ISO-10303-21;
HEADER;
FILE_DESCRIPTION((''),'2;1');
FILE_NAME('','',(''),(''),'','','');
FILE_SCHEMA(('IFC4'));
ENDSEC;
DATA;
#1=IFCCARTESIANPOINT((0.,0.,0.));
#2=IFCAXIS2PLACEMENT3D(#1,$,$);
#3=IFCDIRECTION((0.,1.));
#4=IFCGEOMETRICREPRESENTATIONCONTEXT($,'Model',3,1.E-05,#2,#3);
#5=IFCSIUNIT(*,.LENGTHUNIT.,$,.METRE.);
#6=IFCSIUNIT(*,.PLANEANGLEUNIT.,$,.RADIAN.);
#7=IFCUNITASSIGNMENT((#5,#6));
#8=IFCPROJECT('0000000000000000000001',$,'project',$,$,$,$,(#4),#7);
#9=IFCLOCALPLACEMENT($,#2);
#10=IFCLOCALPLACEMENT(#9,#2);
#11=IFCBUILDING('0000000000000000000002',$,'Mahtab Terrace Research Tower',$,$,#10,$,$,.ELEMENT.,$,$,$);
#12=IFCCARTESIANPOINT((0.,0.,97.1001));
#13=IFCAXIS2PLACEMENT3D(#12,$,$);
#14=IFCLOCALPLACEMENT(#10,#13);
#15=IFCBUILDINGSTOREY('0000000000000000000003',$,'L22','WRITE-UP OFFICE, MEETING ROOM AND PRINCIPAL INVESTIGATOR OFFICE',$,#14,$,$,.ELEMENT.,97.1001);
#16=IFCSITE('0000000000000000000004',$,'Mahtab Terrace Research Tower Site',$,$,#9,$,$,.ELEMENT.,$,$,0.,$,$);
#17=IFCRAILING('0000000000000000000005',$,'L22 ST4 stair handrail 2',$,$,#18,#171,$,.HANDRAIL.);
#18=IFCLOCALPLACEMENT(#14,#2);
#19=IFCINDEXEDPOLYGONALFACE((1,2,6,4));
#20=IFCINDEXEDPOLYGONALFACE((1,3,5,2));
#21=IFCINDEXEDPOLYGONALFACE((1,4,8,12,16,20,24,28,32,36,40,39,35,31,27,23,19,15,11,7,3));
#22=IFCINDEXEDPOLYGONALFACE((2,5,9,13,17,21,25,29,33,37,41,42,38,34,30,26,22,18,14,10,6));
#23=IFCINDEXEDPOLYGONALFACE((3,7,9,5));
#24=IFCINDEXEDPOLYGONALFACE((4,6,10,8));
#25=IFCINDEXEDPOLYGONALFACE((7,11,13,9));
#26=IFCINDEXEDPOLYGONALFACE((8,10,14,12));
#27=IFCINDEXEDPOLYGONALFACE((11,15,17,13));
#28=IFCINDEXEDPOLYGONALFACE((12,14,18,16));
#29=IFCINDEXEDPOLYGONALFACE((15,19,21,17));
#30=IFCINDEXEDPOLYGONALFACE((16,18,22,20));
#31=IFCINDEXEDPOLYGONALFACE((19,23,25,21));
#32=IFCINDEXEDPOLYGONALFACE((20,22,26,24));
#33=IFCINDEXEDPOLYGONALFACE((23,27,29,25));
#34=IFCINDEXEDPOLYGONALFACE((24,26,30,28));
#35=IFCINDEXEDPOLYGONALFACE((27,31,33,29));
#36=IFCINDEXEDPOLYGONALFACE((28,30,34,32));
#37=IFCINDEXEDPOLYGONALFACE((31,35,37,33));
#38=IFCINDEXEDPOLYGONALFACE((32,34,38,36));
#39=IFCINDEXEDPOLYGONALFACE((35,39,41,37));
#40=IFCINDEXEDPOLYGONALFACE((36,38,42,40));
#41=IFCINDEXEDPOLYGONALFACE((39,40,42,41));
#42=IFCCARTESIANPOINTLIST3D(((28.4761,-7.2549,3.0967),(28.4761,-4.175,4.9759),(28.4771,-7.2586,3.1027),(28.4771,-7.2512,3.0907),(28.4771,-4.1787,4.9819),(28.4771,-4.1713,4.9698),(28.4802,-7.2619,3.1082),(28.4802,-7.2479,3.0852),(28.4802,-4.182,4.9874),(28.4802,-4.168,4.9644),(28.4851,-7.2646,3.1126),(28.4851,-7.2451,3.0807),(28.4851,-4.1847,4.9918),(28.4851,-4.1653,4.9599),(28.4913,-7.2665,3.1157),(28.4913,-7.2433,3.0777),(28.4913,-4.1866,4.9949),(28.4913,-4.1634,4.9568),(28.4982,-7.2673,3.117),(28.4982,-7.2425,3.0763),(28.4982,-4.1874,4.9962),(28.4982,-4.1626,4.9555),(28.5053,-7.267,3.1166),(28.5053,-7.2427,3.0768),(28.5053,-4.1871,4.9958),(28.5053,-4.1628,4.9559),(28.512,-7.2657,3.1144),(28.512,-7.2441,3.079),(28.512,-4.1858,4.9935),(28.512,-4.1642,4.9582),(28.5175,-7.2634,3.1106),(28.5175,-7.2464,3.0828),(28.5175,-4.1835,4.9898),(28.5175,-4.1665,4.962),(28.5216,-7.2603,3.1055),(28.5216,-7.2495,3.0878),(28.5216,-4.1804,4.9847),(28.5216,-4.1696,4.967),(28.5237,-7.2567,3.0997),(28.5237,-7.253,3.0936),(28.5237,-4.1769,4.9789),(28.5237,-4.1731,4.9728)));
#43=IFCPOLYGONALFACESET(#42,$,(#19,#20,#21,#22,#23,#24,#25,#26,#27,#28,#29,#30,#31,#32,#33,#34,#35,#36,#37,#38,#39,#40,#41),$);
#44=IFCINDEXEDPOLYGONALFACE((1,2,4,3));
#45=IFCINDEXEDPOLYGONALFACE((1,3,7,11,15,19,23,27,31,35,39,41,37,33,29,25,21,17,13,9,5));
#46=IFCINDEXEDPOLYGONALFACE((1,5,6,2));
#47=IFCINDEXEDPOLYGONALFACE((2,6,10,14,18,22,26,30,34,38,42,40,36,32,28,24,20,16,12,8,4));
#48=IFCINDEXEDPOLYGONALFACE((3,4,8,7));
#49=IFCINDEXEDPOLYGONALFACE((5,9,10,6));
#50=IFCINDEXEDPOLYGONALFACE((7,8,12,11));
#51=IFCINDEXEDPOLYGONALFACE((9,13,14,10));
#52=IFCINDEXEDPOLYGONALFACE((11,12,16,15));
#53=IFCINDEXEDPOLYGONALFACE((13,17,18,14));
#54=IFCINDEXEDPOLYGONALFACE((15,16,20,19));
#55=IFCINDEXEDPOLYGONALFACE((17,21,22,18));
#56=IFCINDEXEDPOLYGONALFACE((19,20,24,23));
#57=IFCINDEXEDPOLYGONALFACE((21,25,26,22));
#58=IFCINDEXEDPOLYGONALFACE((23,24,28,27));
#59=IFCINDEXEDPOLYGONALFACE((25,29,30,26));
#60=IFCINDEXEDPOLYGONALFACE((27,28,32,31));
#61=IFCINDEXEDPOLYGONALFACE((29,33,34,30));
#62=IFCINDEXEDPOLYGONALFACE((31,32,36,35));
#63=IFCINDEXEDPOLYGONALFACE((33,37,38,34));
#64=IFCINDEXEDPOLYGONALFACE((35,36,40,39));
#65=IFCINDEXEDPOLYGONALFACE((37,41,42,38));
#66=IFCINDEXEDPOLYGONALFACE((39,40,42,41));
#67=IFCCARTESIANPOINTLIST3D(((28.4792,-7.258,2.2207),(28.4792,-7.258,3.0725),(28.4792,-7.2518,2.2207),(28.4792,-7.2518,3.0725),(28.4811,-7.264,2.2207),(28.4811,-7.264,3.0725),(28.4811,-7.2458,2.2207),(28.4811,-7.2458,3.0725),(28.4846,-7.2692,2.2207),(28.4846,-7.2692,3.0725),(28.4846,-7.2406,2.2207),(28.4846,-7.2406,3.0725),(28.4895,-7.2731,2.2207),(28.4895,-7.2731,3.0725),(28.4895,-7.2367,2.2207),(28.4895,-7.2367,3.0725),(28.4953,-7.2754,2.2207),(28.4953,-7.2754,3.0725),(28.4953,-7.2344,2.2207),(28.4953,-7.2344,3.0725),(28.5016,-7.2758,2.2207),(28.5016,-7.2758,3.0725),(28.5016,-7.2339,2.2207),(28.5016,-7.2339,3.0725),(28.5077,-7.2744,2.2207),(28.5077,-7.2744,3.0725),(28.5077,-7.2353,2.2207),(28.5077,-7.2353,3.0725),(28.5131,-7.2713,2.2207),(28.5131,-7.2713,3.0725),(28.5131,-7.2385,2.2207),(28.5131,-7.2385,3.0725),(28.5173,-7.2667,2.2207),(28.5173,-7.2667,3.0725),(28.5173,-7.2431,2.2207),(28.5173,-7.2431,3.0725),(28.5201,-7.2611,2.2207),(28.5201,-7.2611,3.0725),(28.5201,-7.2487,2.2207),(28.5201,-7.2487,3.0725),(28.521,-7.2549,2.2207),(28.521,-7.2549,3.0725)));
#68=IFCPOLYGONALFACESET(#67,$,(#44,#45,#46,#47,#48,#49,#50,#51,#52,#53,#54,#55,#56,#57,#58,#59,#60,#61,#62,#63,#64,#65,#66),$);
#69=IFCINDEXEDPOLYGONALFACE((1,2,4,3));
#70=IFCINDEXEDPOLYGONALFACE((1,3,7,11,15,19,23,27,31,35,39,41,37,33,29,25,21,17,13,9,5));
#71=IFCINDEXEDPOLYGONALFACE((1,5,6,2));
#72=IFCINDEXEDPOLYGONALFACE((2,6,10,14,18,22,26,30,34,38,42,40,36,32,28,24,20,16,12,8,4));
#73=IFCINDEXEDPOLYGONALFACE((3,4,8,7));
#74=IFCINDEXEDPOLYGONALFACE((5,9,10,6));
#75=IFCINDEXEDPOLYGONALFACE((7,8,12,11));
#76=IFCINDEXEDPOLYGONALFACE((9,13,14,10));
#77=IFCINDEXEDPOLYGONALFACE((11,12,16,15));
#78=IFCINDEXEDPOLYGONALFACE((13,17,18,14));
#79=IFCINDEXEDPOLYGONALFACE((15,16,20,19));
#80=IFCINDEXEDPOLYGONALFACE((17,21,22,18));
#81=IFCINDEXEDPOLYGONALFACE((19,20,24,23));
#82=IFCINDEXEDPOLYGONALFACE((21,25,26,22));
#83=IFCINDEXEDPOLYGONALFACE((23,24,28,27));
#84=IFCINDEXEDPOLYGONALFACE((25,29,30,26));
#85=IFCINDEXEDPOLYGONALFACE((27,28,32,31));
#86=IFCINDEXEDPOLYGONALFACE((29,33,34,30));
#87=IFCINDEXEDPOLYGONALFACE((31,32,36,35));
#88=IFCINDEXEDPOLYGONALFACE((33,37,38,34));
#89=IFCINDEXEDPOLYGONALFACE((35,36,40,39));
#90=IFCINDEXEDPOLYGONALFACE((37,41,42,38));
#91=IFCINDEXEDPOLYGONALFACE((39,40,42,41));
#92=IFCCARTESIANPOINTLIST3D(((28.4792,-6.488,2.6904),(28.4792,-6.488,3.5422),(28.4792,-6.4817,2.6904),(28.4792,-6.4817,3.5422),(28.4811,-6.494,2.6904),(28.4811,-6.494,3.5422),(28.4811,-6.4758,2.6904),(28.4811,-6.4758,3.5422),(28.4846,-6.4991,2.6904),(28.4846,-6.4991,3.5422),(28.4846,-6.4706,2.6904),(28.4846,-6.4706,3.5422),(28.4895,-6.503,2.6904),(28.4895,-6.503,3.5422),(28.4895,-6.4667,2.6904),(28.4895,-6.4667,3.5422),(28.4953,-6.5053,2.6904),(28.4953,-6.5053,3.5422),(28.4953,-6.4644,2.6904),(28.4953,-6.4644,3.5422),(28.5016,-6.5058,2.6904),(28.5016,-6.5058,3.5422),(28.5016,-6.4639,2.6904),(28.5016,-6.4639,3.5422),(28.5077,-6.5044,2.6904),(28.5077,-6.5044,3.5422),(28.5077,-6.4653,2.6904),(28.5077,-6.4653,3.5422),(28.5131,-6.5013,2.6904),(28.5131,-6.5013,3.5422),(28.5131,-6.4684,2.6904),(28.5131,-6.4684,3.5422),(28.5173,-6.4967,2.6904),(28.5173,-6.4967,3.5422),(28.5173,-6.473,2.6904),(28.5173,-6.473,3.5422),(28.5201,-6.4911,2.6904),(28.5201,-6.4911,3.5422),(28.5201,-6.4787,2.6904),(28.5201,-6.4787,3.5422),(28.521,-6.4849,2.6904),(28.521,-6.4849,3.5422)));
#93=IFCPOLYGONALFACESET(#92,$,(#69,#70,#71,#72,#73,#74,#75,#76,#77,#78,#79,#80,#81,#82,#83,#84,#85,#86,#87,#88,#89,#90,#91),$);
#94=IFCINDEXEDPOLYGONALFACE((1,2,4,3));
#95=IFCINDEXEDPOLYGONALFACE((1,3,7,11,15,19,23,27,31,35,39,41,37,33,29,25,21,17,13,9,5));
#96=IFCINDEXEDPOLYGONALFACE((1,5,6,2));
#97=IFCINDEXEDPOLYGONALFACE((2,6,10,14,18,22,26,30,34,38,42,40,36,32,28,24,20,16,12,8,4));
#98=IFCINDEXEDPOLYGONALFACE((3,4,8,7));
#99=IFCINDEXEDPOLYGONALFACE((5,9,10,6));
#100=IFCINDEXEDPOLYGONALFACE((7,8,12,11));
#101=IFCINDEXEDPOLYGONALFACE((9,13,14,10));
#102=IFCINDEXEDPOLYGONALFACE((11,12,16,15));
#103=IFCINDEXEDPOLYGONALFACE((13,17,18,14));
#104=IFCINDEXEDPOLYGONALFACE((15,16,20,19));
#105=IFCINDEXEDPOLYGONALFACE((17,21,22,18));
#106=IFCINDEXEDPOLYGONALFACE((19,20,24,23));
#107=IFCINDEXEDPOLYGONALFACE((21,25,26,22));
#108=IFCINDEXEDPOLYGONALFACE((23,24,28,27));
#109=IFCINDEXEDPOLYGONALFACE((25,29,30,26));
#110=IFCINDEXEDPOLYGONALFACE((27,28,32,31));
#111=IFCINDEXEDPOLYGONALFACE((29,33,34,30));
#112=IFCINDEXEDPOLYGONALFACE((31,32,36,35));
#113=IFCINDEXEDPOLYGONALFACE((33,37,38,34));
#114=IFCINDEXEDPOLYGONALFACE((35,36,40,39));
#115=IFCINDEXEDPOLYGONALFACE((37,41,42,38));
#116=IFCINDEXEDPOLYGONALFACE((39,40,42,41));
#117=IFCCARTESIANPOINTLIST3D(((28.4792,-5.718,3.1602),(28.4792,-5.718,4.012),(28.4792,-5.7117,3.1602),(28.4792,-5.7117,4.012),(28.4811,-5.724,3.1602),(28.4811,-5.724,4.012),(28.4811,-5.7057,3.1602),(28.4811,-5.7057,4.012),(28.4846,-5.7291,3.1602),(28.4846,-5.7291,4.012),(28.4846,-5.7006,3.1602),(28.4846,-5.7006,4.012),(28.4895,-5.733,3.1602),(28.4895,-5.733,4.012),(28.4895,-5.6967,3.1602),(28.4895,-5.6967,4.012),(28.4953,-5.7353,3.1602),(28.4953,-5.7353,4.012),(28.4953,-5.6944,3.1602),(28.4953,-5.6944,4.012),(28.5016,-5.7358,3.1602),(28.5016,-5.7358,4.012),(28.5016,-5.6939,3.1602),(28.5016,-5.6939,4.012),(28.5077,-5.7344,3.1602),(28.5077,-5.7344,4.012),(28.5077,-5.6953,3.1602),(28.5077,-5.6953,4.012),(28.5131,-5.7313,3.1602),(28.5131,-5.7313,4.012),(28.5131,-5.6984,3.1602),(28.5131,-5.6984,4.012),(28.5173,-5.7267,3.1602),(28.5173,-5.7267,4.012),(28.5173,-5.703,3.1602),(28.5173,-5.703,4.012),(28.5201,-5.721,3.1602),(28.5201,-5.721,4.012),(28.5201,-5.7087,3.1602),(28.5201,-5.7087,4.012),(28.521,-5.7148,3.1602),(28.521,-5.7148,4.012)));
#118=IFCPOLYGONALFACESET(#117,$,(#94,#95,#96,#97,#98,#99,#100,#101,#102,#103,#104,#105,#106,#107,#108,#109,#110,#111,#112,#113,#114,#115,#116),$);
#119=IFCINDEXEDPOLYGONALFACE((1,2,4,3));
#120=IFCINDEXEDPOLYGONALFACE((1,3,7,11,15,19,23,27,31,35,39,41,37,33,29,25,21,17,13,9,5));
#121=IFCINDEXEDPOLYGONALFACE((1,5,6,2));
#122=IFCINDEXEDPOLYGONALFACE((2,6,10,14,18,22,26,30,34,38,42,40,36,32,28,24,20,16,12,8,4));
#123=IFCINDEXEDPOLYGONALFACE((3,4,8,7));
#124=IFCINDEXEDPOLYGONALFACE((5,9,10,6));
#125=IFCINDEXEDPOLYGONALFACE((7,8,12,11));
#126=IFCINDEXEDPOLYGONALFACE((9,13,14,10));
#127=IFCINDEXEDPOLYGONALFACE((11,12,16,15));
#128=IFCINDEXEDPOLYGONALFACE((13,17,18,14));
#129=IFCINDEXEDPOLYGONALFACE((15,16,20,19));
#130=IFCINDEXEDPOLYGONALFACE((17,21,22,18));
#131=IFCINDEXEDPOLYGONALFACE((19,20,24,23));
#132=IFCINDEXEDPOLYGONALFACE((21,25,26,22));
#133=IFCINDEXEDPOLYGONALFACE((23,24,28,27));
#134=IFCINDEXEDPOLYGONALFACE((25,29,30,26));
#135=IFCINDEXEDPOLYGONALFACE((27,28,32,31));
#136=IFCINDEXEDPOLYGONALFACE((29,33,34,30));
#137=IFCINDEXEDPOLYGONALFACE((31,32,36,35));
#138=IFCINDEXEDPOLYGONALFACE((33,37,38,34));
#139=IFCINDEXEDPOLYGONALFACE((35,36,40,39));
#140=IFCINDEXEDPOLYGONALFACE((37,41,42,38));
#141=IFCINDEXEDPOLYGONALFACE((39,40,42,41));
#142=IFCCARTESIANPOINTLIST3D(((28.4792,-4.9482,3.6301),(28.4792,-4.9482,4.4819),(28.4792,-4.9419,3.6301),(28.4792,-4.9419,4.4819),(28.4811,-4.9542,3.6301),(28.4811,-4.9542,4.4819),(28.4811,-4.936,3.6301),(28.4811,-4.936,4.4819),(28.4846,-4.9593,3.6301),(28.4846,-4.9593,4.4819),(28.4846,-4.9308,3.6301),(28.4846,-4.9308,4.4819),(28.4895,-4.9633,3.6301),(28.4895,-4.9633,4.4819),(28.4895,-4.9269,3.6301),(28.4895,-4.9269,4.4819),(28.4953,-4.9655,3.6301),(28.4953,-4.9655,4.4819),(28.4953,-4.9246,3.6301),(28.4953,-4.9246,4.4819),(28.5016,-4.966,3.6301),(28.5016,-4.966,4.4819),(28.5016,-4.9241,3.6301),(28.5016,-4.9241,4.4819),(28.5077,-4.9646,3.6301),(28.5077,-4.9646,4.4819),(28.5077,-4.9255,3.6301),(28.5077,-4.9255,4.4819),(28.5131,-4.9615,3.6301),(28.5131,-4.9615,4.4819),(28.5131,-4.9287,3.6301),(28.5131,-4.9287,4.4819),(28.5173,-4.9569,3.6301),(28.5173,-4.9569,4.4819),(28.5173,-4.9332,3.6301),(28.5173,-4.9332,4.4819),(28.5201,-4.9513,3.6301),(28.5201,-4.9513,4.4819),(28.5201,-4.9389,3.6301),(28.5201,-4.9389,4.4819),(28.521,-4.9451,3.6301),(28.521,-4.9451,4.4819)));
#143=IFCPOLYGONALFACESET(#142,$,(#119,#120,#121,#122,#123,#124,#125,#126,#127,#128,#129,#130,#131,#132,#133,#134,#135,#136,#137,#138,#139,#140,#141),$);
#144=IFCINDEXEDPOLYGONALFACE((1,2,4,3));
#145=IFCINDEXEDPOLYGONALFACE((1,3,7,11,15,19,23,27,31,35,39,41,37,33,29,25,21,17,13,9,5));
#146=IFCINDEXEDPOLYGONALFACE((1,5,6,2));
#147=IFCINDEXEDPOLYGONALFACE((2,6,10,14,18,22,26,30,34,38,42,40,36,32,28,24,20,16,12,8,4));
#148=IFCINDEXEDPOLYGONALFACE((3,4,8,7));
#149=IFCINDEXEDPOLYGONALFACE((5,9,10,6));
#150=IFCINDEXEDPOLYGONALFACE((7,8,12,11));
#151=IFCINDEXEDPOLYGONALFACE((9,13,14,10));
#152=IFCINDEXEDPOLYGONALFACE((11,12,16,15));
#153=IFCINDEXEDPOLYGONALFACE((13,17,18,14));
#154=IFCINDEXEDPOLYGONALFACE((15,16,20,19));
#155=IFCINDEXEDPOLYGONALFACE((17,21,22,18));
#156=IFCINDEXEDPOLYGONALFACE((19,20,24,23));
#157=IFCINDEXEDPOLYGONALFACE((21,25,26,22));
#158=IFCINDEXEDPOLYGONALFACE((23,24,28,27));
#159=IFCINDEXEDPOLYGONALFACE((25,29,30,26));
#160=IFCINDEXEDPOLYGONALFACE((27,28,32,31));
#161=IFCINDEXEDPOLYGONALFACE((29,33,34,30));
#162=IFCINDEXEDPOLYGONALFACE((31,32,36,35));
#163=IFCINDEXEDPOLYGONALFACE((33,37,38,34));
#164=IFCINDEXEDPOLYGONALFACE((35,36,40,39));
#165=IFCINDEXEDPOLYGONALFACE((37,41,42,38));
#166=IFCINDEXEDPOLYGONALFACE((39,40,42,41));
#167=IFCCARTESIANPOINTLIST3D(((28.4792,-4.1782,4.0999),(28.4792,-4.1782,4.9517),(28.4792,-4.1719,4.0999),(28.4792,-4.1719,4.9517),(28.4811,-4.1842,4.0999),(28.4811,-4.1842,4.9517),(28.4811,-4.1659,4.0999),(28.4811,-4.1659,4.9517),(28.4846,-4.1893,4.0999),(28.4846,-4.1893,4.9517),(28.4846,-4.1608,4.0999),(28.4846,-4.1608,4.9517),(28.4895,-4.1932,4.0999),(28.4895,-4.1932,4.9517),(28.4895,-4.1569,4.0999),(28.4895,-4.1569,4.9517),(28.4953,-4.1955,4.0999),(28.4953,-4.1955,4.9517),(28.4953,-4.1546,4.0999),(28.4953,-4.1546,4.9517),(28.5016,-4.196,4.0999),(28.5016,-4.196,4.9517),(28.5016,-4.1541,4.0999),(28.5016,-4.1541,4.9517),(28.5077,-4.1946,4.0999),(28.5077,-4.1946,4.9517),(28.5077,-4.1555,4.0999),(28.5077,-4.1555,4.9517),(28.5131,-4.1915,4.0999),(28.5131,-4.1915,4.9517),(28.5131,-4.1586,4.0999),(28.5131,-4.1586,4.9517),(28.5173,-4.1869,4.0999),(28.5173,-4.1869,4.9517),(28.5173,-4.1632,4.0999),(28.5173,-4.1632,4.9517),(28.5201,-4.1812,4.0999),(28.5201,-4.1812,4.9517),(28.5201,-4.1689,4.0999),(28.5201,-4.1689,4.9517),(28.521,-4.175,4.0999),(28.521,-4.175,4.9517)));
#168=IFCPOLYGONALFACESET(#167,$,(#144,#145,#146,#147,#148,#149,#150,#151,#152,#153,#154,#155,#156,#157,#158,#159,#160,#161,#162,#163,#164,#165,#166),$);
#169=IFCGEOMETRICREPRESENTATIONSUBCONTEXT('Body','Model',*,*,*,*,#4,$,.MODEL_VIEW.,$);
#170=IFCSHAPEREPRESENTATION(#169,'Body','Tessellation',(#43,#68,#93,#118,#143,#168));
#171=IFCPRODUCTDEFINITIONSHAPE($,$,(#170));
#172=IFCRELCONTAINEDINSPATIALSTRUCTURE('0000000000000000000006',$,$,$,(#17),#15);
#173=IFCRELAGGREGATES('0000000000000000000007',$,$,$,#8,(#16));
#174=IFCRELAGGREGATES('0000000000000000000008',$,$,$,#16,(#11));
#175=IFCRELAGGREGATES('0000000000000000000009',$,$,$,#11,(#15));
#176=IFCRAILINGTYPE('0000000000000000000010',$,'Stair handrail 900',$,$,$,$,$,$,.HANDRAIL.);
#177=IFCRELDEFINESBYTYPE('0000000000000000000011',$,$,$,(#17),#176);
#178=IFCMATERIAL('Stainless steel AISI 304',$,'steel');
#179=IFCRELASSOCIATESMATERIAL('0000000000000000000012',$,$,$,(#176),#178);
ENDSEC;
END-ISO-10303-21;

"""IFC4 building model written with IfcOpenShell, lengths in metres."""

from ifc_helpers import new_model, si_unit, direction, frame, origin, origin_2d, place, context, subcontext, project, spatial, circle, extrude, material, type_object, element, save


model = new_model("IFC4")

# Units and contexts
model_context = context("Model", 3, precision=1e-05, world=origin(), true_north=direction((0.0, 1.0)))
body_context = subcontext(model_context, "Body", "Model", "MODEL_VIEW")
ifc_project = project(units=[si_unit("LENGTHUNIT", "METRE"), si_unit("PLANEANGLEUNIT", "RADIAN")], contexts=[model_context])

# Site, building, storey
site_placement = place(None, origin())
site = spatial("IfcSite", under=ifc_project, at=site_placement, Name="Mahtab Terrace Research Tower Site", CompositionType="ELEMENT", RefElevation=0.0)
building_placement = place(site_placement, origin())
building = spatial("IfcBuilding", under=site, at=building_placement, Name="Mahtab Terrace Research Tower", CompositionType="ELEMENT")
storey_placement = place(building_placement, frame((0.0, 0.0, 97.1001)))
storey = spatial("IfcBuildingStorey", under=building, at=storey_placement, Name="L22", Description="WRITE-UP OFFICE, MEETING ROOM AND PRINCIPAL INVESTIGATOR OFFICE", CompositionType="ELEMENT", Elevation=97.1001)

# Railing
ifc_material_1 = material(Name="Stainless steel AISI 304", Category="steel")
railing_type_1 = type_object("IfcRailingType", Name="Stair handrail 900", PredefinedType="HANDRAIL", material=ifc_material_1)
railing_1_placement = place(storey_placement, frame((28.5, -7.2549, 2.2207)))
element("IfcRailing", 1, at=railing_1_placement, inside=storey, type_object=railing_type_1, Name="L22 ST4 stair handrail 2", PredefinedType="HANDRAIL", context=body_context, shape_type="SweptSolid", body=[
    extrude(circle(Radius=0.0239, at=origin_2d()), frame((0.0, 0.0, 0.876), z_axis=(0.0, 0.853648, 0.52085), x_axis=(-1.0, 0.0, 0.0)), (0.0, 0.0, 1.0), 3.6079),
    extrude(circle(Radius=0.021, at=origin_2d()), origin(), (0.0, 0.0, 1.0), 0.8518),
    extrude(circle(Radius=0.021, at=origin_2d()), frame((0.0, 0.77, 0.4697)), (0.0, 0.0, 1.0), 0.8518),
    extrude(circle(Radius=0.021, at=origin_2d()), frame((0.0, 1.54, 0.9395)), (0.0, 0.0, 1.0), 0.8518),
    extrude(circle(Radius=0.021, at=origin_2d()), frame((0.0, 2.3098, 1.4094)), (0.0, 0.0, 1.0), 0.8518),
    extrude(circle(Radius=0.021, at=origin_2d()), frame((0.0, 3.0798, 1.8792)), (0.0, 0.0, 1.0), 0.8518),
])

save(model, "model.ifc")
